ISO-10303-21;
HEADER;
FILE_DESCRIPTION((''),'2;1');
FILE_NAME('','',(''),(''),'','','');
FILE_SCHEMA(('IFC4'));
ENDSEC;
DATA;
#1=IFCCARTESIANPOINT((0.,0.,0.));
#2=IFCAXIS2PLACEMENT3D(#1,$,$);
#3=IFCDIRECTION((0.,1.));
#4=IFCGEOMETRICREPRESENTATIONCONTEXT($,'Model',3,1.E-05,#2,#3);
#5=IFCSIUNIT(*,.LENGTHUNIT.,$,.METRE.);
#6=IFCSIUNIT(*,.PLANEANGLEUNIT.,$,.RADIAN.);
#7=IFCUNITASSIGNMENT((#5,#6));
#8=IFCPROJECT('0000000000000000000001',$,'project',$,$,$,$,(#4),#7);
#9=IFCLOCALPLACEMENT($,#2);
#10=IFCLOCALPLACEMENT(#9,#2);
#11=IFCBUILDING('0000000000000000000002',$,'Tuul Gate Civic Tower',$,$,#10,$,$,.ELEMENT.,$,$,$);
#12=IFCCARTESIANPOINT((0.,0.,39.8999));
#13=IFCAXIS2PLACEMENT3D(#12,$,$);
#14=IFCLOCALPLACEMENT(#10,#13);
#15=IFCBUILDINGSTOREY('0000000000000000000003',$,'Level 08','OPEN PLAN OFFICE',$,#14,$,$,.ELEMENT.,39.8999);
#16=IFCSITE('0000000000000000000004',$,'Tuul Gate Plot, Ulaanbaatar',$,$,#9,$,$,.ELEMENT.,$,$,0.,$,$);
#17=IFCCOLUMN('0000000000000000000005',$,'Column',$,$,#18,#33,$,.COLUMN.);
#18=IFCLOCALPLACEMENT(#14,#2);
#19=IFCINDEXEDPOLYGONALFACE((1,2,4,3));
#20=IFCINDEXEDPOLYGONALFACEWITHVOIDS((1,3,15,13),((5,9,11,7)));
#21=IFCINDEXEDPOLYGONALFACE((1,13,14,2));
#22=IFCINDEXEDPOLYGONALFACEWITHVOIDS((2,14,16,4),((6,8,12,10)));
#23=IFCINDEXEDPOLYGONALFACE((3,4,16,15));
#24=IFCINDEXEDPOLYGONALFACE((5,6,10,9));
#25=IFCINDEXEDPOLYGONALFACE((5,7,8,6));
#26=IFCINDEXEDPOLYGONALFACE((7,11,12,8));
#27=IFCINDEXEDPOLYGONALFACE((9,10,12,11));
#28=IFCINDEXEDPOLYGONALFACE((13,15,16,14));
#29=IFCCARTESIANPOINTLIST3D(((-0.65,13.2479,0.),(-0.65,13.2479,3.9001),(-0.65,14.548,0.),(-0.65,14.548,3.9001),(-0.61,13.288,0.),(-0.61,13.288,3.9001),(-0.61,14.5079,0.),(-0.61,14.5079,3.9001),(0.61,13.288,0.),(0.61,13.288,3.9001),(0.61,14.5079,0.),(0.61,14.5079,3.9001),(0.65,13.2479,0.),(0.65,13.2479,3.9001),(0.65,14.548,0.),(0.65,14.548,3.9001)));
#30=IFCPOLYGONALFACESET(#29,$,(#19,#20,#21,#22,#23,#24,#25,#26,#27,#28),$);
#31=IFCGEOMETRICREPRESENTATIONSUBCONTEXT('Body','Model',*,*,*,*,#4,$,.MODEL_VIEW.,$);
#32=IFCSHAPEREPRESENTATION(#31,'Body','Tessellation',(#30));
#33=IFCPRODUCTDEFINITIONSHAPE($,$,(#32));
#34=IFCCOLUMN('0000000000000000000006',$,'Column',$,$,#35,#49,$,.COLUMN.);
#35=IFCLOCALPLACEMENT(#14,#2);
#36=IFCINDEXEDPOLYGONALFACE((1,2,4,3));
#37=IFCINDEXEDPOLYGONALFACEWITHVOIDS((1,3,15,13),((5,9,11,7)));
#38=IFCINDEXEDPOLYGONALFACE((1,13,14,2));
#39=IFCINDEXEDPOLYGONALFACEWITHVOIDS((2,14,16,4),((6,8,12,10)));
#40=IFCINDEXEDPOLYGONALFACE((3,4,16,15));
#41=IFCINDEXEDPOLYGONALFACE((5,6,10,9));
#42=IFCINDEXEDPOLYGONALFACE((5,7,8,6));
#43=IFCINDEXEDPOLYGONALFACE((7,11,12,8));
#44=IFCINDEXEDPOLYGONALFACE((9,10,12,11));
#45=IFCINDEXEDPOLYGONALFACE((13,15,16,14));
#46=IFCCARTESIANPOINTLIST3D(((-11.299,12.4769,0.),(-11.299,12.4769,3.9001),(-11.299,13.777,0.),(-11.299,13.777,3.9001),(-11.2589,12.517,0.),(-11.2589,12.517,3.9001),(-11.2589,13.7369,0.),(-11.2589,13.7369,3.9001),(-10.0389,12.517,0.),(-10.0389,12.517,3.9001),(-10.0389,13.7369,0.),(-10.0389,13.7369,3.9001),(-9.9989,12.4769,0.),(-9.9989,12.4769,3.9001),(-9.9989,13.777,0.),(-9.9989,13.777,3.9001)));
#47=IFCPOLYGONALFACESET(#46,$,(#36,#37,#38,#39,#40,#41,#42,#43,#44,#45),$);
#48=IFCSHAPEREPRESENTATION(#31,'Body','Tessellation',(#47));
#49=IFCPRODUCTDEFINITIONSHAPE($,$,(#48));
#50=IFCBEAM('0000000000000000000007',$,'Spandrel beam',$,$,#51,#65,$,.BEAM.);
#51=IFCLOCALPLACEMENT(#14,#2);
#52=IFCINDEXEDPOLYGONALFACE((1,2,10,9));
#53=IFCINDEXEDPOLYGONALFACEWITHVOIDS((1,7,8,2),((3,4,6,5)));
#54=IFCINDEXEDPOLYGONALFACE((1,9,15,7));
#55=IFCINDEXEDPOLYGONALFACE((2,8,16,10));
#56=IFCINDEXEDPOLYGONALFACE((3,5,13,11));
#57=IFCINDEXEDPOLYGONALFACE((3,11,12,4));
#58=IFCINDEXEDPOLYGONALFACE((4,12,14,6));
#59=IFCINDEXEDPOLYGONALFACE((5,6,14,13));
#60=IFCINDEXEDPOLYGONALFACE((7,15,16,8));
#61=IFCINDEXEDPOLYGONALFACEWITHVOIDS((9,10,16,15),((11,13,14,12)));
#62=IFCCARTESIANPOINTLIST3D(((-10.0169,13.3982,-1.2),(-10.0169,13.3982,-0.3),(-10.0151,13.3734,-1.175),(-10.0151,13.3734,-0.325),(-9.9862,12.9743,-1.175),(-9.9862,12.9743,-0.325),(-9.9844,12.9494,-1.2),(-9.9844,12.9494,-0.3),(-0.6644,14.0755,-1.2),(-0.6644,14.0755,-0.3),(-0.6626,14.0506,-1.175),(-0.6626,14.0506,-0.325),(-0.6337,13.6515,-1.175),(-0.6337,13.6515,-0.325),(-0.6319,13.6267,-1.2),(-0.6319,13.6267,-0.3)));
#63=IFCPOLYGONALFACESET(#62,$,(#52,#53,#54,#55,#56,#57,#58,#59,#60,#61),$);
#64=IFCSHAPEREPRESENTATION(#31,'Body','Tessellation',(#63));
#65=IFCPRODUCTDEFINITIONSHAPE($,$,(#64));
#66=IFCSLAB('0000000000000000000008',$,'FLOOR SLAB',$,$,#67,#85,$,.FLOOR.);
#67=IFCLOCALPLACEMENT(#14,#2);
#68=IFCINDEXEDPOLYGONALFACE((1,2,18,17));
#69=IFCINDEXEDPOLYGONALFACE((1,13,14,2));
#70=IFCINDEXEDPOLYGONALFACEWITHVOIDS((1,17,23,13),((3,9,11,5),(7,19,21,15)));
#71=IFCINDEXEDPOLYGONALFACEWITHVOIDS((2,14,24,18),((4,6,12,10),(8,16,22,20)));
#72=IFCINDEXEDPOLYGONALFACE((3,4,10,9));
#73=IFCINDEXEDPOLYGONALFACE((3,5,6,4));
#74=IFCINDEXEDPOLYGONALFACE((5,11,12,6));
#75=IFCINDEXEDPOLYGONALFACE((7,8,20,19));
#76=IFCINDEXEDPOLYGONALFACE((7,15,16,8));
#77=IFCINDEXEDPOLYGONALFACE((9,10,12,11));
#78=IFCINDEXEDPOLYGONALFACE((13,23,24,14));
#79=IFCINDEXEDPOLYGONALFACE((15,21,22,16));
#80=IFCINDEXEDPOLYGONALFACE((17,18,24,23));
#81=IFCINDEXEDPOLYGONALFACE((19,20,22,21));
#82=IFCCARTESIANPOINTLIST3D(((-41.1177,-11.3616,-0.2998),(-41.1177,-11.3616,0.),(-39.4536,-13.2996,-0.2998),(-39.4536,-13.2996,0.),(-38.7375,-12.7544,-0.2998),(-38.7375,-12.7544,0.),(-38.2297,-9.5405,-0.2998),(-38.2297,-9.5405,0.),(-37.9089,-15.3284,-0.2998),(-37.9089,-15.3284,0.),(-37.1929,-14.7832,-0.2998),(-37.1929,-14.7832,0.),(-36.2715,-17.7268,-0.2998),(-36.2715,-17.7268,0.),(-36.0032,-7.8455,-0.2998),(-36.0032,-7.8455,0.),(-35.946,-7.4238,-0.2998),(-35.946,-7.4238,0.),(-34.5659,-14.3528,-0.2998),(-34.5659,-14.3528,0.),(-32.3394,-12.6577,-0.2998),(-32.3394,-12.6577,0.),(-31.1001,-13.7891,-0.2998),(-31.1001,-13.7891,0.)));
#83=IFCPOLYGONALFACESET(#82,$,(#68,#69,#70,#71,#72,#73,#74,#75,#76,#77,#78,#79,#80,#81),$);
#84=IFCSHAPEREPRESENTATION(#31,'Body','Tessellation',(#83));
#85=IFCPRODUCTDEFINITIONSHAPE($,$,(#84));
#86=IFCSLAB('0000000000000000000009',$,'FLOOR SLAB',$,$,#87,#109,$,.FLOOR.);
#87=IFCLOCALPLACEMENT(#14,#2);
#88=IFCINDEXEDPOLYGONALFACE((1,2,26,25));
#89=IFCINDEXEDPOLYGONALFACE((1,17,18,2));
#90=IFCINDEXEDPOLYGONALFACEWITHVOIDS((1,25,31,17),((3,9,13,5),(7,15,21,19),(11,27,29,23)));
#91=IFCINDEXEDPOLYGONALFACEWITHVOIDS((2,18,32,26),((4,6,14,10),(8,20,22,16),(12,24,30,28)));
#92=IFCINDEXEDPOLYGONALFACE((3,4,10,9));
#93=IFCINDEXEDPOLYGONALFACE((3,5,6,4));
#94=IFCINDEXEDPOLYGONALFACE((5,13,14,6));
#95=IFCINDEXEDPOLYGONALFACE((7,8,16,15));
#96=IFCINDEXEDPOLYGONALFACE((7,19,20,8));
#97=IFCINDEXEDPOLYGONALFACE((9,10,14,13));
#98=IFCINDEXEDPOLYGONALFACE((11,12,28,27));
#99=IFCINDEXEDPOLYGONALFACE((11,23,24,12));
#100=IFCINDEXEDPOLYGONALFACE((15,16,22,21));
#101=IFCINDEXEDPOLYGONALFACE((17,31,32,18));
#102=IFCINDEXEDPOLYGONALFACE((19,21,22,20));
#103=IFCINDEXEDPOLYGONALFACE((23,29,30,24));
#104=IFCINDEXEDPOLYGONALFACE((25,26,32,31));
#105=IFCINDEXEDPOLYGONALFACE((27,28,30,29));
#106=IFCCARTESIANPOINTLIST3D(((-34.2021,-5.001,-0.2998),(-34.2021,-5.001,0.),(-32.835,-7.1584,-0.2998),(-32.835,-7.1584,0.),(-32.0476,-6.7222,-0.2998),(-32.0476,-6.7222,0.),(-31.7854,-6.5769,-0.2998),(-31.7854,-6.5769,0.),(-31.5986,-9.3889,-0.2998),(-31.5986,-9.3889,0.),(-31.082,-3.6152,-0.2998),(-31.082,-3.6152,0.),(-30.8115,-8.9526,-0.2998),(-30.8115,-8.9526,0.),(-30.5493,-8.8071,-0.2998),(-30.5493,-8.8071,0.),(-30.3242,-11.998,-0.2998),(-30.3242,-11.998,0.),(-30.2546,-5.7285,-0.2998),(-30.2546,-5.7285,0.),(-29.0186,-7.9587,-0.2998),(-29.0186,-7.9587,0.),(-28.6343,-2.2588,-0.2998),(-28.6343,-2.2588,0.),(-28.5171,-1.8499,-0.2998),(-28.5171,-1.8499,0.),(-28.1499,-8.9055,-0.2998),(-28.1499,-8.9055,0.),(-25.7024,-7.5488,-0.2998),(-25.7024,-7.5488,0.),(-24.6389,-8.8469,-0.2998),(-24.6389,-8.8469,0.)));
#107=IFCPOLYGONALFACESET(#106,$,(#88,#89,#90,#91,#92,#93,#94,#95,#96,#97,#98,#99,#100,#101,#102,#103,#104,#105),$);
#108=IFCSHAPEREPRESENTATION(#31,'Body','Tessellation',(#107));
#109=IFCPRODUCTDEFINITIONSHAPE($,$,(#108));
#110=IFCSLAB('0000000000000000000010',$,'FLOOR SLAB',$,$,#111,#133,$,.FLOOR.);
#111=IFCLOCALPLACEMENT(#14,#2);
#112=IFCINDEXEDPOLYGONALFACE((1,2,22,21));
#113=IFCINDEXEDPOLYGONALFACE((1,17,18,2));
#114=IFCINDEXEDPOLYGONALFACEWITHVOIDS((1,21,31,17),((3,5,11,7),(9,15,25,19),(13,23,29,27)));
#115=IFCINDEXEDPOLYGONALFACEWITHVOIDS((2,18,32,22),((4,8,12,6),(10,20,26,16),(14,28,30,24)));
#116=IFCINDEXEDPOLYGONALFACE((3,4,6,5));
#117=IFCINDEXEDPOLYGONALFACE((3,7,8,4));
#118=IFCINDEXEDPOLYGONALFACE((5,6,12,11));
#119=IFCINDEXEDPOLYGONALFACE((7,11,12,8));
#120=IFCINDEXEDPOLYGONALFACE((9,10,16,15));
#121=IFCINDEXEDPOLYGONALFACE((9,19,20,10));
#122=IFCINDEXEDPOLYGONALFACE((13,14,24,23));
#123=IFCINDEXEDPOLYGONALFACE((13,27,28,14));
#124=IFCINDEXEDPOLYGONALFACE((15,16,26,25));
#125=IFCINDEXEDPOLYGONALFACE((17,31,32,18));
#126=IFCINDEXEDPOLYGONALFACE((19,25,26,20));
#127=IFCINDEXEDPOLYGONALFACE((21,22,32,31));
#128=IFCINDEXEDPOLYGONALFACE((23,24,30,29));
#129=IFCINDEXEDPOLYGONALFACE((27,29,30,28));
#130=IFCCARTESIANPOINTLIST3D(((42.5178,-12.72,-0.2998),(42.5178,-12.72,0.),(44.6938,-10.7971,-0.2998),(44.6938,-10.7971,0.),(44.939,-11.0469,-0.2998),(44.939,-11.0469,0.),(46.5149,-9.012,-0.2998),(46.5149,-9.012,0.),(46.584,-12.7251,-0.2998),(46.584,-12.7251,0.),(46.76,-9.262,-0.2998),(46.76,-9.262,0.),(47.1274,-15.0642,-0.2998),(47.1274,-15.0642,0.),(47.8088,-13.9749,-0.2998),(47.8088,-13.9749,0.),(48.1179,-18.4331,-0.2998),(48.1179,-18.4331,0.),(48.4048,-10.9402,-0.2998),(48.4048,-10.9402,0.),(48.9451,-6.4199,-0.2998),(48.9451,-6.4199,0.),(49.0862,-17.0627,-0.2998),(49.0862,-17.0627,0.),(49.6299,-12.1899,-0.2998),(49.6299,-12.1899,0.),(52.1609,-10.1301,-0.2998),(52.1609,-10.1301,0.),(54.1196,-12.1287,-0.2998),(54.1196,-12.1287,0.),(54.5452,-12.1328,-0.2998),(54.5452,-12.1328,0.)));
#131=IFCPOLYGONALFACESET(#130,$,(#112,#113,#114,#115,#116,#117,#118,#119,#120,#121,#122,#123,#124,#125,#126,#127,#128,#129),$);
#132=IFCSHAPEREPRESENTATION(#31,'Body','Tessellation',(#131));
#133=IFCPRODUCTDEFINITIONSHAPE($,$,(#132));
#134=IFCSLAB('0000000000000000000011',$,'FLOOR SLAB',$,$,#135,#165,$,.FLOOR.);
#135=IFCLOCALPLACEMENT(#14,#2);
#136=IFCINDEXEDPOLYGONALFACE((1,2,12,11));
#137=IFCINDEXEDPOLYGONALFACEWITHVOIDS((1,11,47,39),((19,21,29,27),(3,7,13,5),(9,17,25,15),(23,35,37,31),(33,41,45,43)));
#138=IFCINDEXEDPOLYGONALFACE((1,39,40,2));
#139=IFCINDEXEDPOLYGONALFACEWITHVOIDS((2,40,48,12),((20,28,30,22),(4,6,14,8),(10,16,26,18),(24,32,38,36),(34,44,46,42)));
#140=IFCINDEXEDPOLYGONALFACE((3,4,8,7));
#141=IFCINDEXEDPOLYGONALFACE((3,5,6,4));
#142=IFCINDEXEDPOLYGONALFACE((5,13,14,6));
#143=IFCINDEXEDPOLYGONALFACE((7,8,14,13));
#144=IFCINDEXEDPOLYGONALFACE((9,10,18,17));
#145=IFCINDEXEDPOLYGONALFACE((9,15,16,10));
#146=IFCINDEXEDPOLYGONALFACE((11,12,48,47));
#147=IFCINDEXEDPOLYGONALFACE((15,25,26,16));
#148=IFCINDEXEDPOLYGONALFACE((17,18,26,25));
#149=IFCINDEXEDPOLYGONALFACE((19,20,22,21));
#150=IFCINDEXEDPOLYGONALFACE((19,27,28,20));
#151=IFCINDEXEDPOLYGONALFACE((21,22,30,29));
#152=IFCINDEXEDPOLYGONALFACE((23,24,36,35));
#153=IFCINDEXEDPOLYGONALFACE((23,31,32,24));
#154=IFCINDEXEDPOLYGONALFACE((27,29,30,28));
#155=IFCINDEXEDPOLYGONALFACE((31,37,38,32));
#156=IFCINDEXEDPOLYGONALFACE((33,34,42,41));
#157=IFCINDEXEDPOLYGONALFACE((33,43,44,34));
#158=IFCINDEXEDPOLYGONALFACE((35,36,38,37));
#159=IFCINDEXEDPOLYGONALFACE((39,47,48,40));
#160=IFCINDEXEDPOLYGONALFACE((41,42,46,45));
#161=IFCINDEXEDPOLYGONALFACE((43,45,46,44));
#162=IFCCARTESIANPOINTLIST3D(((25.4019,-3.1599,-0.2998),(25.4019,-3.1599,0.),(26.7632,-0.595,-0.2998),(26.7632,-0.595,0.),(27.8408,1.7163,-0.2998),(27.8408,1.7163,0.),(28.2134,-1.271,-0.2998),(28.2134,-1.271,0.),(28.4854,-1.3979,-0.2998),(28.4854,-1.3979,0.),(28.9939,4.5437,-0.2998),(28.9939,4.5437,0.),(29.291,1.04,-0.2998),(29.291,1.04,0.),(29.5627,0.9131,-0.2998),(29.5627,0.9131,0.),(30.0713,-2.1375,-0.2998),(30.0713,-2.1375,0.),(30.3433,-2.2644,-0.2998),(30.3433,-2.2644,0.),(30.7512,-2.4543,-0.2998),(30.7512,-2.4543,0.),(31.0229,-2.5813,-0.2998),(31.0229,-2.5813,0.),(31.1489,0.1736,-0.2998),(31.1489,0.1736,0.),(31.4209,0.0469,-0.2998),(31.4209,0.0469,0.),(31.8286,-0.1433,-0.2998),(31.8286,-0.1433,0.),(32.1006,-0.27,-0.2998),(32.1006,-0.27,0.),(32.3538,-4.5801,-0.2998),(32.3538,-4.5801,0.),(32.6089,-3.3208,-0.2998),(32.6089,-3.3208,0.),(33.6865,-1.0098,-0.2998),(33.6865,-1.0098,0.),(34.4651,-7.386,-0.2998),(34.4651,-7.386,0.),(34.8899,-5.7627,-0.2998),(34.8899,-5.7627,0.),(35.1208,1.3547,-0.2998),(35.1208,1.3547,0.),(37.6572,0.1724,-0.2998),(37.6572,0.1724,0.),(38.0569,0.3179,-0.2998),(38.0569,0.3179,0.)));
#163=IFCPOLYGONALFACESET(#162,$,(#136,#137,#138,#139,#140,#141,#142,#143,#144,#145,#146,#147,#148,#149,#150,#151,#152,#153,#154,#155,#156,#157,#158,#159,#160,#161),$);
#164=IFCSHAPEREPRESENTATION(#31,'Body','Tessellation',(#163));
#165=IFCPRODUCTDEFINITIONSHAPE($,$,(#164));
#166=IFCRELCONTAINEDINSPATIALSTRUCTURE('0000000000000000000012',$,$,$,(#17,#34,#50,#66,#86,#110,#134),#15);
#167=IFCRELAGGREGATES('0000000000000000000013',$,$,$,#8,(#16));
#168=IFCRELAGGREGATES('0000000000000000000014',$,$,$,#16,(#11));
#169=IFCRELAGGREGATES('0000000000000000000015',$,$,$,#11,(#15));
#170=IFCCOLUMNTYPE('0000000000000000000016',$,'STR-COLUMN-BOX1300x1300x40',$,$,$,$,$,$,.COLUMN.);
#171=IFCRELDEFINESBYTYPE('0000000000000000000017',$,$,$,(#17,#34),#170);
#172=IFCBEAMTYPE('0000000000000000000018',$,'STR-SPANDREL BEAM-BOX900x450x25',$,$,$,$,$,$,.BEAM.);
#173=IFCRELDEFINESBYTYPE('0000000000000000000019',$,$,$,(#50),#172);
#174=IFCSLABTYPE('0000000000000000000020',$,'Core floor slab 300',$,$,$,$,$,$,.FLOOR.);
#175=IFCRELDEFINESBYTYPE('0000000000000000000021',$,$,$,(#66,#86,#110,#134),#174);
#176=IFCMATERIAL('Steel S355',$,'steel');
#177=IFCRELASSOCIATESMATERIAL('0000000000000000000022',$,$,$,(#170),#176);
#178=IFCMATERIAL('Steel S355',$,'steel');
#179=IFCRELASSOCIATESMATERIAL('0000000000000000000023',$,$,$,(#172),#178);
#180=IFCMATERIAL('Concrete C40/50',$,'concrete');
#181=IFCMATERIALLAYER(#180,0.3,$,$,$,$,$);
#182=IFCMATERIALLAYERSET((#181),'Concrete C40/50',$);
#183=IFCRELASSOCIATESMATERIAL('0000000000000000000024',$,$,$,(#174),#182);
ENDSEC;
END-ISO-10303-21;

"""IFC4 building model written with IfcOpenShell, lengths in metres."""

from ifc_helpers import new_model, si_unit, direction, frame, origin, origin_2d, place, context, subcontext, project, spatial, polyline, hollow_rectangle, outline, extrude, material, layer, layer_set, material_profile, profile_set, type_object, element, save


model = new_model("IFC4")

# Units and contexts
model_context = context("Model", 3, precision=1e-05, world=origin(), true_north=direction((0.0, 1.0)))
body_context = subcontext(model_context, "Body", "Model", "MODEL_VIEW")
ifc_project = project(units=[si_unit("LENGTHUNIT", "METRE"), si_unit("PLANEANGLEUNIT", "RADIAN")], contexts=[model_context])

# Site, building, storey
site_placement = place(None, origin())
site = spatial("IfcSite", under=ifc_project, at=site_placement, Name="Tuul Gate Plot, Ulaanbaatar", CompositionType="ELEMENT", RefElevation=0.0)
building_placement = place(site_placement, origin())
building = spatial("IfcBuilding", under=site, at=building_placement, Name="Tuul Gate Civic Tower", CompositionType="ELEMENT")
storey_placement = place(building_placement, frame((0.0, 0.0, 39.8999)))
storey = spatial("IfcBuildingStorey", under=building, at=storey_placement, Name="Level 08", Description="OPEN PLAN OFFICE", CompositionType="ELEMENT", Elevation=39.8999)

# Columns
ifc_material_1 = material(Name="Steel S355", Category="steel")
ifc_material_profile_1 = material_profile(ifc_material_1, hollow_rectangle(XDim=1.3, YDim=1.3, WallThickness=0.04, at=origin_2d()), Name="BOX1300x1300x40")
ifc_profile_set_1 = profile_set([ifc_material_profile_1], Name="Steel S355")
column_type = type_object("IfcColumnType", Name="STR-COLUMN-BOX1300x1300x40", PredefinedType="COLUMN", material=ifc_profile_set_1)
for number, where, z_axis, x_axis, name in (
    (1, (0.0, 13.8979, 0.0), (0.0, 0.0, 1.0), (1.0, 0.0, 0.0), "Column"),
    (2, (-10.6489, 13.127, 0.0), (0.0, 0.0, 1.0), (1.0, 0.0, 0.0), "Column"),
):
    element("IfcColumn", number, at=place(storey_placement, frame(where, z_axis=z_axis, x_axis=x_axis)), inside=storey, type_object=column_type, Name=name, PredefinedType="COLUMN", context=body_context, shape_type="SweptSolid", body=[
        extrude(hollow_rectangle(XDim=1.3, YDim=1.3, WallThickness=0.04, at=origin_2d()), origin(), (0.0, 0.0, 1.0), 3.9001),
    ])

# Beam
ifc_material_2 = material(Name="Steel S355", Category="steel")
ifc_material_profile_2 = material_profile(ifc_material_2, hollow_rectangle(XDim=0.45, YDim=0.8999, WallThickness=0.0249, at=origin_2d()), Name="BOX900x450x25")
ifc_profile_set_2 = profile_set([ifc_material_profile_2], Name="Steel S355")
beam_type = type_object("IfcBeamType", Name="STR-SPANDREL BEAM-BOX900x450x25", PredefinedType="BEAM", material=ifc_profile_set_2)
beam_placement = place(storey_placement, frame((-0.6482, 13.8511, -0.75), z_axis=(-0.997388, -0.072224, 0.0), x_axis=(0.072224, -0.997388, 0.0)))
element("IfcBeam", 3, at=beam_placement, inside=storey, type_object=beam_type, Name="Spandrel beam", PredefinedType="BEAM", context=body_context, shape_type="SweptSolid", body=[
    extrude(hollow_rectangle(XDim=0.45, YDim=0.8999, WallThickness=0.0249, at=origin_2d()), origin(), (0.0, 0.0, 1.0), 9.377),
])

# Slabs
ifc_material_3 = material(Name="Concrete C40/50", Category="concrete")
ifc_layer_1 = layer(ifc_material_3, 0.3)
ifc_layer_set_1 = layer_set([ifc_layer_1], Name="Concrete C40/50")
slab_type_1 = type_object("IfcSlabType", Name="Core floor slab 300", PredefinedType="FLOOR", material=ifc_layer_set_1)
slab_1_placement = place(storey_placement, frame((0.0, 0.0, -0.2998)))
element("IfcSlab", 4, at=slab_1_placement, inside=storey, type_object=slab_type_1, Name="FLOOR SLAB", PredefinedType="FLOOR", context=body_context, shape_type="SweptSolid", body=[
    extrude(outline(polyline([(-31.1001, -13.7891), (-35.946, -7.4238), (-41.1177, -11.3616), (-36.2715, -17.7268), (-31.1001, -13.7891)]), holes=[polyline([(-37.1929, -14.7832), (-38.7375, -12.7544), (-39.4536, -13.2996), (-37.9089, -15.3284), (-37.1929, -14.7832)]), polyline([(-32.3394, -12.6577), (-34.5659, -14.3528), (-38.2297, -9.5405), (-36.0032, -7.8455), (-32.3394, -12.6577)])]), origin(), (0.0, 0.0, 1.0), 0.2998),
])
slab_2_placement = place(storey_placement, frame((0.0, 0.0, -0.2998)))
element("IfcSlab", 5, at=slab_2_placement, inside=storey, type_object=slab_type_1, Name="FLOOR SLAB", PredefinedType="FLOOR", context=body_context, shape_type="SweptSolid", body=[
    extrude(outline(polyline([(-24.6389, -8.8469), (-28.5171, -1.8499), (-34.2021, -5.001), (-30.3242, -11.998), (-24.6389, -8.8469)]), holes=[polyline([(-29.0186, -7.9587), (-30.2546, -5.7285), (-31.7854, -6.5769), (-30.5493, -8.8071), (-29.0186, -7.9587)]), polyline([(-30.8115, -8.9526), (-32.0476, -6.7222), (-32.835, -7.1584), (-31.5986, -9.3889), (-30.8115, -8.9526)]), polyline([(-25.7024, -7.5488), (-28.1499, -8.9055), (-31.082, -3.6152), (-28.6343, -2.2588), (-25.7024, -7.5488)])]), origin(), (0.0, 0.0, 1.0), 0.2998),
])
slab_3_placement = place(storey_placement, frame((0.0, 0.0, -0.2998)))
element("IfcSlab", 6, at=slab_3_placement, inside=storey, type_object=slab_type_1, Name="FLOOR SLAB", PredefinedType="FLOOR", context=body_context, shape_type="SweptSolid", body=[
    extrude(outline(polyline([(48.1179, -18.4331), (54.5452, -12.1328), (48.9451, -6.4199), (42.5178, -12.72), (48.1179, -18.4331)]), holes=[polyline([(47.8088, -13.9749), (49.6299, -12.1899), (48.4048, -10.9402), (46.584, -12.7251), (47.8088, -13.9749)]), polyline([(44.939, -11.0469), (46.76, -9.262), (46.5149, -9.012), (44.6938, -10.7971), (44.939, -11.0469)]), polyline([(49.0862, -17.0627), (47.1274, -15.0642), (52.1609, -10.1301), (54.1196, -12.1287), (49.0862, -17.0627)])]), origin(), (0.0, 0.0, 1.0), 0.2998),
])
slab_4_placement = place(storey_placement, frame((0.0, 0.0, -0.2998)))
element("IfcSlab", 7, at=slab_4_placement, inside=storey, type_object=slab_type_1, Name="FLOOR SLAB", PredefinedType="FLOOR", context=body_context, shape_type="SweptSolid", body=[
    extrude(outline(polyline([(34.4651, -7.386), (38.0569, 0.3179), (28.9939, 4.5437), (25.4019, -3.1599), (34.4651, -7.386)]), holes=[polyline([(32.6089, -3.3208), (33.6865, -1.0098), (32.1006, -0.27), (31.0229, -2.5813), (32.6089, -3.3208)]), polyline([(30.0713, -2.1375), (31.1489, 0.1736), (29.5627, 0.9131), (28.4854, -1.3979), (30.0713, -2.1375)]), polyline([(30.7512, -2.4543), (31.8286, -0.1433), (31.4209, 0.0469), (30.3433, -2.2644), (30.7512, -2.4543)]), polyline([(28.2134, -1.271), (29.291, 1.04), (27.8408, 1.7163), (26.7632, -0.595), (28.2134, -1.271)]), polyline([(34.8899, -5.7627), (32.3538, -4.5801), (35.1208, 1.3547), (37.6572, 0.1724), (34.8899, -5.7627)])]), origin(), (0.0, 0.0, 1.0), 0.2998),
])

save(model, "model.ifc")
